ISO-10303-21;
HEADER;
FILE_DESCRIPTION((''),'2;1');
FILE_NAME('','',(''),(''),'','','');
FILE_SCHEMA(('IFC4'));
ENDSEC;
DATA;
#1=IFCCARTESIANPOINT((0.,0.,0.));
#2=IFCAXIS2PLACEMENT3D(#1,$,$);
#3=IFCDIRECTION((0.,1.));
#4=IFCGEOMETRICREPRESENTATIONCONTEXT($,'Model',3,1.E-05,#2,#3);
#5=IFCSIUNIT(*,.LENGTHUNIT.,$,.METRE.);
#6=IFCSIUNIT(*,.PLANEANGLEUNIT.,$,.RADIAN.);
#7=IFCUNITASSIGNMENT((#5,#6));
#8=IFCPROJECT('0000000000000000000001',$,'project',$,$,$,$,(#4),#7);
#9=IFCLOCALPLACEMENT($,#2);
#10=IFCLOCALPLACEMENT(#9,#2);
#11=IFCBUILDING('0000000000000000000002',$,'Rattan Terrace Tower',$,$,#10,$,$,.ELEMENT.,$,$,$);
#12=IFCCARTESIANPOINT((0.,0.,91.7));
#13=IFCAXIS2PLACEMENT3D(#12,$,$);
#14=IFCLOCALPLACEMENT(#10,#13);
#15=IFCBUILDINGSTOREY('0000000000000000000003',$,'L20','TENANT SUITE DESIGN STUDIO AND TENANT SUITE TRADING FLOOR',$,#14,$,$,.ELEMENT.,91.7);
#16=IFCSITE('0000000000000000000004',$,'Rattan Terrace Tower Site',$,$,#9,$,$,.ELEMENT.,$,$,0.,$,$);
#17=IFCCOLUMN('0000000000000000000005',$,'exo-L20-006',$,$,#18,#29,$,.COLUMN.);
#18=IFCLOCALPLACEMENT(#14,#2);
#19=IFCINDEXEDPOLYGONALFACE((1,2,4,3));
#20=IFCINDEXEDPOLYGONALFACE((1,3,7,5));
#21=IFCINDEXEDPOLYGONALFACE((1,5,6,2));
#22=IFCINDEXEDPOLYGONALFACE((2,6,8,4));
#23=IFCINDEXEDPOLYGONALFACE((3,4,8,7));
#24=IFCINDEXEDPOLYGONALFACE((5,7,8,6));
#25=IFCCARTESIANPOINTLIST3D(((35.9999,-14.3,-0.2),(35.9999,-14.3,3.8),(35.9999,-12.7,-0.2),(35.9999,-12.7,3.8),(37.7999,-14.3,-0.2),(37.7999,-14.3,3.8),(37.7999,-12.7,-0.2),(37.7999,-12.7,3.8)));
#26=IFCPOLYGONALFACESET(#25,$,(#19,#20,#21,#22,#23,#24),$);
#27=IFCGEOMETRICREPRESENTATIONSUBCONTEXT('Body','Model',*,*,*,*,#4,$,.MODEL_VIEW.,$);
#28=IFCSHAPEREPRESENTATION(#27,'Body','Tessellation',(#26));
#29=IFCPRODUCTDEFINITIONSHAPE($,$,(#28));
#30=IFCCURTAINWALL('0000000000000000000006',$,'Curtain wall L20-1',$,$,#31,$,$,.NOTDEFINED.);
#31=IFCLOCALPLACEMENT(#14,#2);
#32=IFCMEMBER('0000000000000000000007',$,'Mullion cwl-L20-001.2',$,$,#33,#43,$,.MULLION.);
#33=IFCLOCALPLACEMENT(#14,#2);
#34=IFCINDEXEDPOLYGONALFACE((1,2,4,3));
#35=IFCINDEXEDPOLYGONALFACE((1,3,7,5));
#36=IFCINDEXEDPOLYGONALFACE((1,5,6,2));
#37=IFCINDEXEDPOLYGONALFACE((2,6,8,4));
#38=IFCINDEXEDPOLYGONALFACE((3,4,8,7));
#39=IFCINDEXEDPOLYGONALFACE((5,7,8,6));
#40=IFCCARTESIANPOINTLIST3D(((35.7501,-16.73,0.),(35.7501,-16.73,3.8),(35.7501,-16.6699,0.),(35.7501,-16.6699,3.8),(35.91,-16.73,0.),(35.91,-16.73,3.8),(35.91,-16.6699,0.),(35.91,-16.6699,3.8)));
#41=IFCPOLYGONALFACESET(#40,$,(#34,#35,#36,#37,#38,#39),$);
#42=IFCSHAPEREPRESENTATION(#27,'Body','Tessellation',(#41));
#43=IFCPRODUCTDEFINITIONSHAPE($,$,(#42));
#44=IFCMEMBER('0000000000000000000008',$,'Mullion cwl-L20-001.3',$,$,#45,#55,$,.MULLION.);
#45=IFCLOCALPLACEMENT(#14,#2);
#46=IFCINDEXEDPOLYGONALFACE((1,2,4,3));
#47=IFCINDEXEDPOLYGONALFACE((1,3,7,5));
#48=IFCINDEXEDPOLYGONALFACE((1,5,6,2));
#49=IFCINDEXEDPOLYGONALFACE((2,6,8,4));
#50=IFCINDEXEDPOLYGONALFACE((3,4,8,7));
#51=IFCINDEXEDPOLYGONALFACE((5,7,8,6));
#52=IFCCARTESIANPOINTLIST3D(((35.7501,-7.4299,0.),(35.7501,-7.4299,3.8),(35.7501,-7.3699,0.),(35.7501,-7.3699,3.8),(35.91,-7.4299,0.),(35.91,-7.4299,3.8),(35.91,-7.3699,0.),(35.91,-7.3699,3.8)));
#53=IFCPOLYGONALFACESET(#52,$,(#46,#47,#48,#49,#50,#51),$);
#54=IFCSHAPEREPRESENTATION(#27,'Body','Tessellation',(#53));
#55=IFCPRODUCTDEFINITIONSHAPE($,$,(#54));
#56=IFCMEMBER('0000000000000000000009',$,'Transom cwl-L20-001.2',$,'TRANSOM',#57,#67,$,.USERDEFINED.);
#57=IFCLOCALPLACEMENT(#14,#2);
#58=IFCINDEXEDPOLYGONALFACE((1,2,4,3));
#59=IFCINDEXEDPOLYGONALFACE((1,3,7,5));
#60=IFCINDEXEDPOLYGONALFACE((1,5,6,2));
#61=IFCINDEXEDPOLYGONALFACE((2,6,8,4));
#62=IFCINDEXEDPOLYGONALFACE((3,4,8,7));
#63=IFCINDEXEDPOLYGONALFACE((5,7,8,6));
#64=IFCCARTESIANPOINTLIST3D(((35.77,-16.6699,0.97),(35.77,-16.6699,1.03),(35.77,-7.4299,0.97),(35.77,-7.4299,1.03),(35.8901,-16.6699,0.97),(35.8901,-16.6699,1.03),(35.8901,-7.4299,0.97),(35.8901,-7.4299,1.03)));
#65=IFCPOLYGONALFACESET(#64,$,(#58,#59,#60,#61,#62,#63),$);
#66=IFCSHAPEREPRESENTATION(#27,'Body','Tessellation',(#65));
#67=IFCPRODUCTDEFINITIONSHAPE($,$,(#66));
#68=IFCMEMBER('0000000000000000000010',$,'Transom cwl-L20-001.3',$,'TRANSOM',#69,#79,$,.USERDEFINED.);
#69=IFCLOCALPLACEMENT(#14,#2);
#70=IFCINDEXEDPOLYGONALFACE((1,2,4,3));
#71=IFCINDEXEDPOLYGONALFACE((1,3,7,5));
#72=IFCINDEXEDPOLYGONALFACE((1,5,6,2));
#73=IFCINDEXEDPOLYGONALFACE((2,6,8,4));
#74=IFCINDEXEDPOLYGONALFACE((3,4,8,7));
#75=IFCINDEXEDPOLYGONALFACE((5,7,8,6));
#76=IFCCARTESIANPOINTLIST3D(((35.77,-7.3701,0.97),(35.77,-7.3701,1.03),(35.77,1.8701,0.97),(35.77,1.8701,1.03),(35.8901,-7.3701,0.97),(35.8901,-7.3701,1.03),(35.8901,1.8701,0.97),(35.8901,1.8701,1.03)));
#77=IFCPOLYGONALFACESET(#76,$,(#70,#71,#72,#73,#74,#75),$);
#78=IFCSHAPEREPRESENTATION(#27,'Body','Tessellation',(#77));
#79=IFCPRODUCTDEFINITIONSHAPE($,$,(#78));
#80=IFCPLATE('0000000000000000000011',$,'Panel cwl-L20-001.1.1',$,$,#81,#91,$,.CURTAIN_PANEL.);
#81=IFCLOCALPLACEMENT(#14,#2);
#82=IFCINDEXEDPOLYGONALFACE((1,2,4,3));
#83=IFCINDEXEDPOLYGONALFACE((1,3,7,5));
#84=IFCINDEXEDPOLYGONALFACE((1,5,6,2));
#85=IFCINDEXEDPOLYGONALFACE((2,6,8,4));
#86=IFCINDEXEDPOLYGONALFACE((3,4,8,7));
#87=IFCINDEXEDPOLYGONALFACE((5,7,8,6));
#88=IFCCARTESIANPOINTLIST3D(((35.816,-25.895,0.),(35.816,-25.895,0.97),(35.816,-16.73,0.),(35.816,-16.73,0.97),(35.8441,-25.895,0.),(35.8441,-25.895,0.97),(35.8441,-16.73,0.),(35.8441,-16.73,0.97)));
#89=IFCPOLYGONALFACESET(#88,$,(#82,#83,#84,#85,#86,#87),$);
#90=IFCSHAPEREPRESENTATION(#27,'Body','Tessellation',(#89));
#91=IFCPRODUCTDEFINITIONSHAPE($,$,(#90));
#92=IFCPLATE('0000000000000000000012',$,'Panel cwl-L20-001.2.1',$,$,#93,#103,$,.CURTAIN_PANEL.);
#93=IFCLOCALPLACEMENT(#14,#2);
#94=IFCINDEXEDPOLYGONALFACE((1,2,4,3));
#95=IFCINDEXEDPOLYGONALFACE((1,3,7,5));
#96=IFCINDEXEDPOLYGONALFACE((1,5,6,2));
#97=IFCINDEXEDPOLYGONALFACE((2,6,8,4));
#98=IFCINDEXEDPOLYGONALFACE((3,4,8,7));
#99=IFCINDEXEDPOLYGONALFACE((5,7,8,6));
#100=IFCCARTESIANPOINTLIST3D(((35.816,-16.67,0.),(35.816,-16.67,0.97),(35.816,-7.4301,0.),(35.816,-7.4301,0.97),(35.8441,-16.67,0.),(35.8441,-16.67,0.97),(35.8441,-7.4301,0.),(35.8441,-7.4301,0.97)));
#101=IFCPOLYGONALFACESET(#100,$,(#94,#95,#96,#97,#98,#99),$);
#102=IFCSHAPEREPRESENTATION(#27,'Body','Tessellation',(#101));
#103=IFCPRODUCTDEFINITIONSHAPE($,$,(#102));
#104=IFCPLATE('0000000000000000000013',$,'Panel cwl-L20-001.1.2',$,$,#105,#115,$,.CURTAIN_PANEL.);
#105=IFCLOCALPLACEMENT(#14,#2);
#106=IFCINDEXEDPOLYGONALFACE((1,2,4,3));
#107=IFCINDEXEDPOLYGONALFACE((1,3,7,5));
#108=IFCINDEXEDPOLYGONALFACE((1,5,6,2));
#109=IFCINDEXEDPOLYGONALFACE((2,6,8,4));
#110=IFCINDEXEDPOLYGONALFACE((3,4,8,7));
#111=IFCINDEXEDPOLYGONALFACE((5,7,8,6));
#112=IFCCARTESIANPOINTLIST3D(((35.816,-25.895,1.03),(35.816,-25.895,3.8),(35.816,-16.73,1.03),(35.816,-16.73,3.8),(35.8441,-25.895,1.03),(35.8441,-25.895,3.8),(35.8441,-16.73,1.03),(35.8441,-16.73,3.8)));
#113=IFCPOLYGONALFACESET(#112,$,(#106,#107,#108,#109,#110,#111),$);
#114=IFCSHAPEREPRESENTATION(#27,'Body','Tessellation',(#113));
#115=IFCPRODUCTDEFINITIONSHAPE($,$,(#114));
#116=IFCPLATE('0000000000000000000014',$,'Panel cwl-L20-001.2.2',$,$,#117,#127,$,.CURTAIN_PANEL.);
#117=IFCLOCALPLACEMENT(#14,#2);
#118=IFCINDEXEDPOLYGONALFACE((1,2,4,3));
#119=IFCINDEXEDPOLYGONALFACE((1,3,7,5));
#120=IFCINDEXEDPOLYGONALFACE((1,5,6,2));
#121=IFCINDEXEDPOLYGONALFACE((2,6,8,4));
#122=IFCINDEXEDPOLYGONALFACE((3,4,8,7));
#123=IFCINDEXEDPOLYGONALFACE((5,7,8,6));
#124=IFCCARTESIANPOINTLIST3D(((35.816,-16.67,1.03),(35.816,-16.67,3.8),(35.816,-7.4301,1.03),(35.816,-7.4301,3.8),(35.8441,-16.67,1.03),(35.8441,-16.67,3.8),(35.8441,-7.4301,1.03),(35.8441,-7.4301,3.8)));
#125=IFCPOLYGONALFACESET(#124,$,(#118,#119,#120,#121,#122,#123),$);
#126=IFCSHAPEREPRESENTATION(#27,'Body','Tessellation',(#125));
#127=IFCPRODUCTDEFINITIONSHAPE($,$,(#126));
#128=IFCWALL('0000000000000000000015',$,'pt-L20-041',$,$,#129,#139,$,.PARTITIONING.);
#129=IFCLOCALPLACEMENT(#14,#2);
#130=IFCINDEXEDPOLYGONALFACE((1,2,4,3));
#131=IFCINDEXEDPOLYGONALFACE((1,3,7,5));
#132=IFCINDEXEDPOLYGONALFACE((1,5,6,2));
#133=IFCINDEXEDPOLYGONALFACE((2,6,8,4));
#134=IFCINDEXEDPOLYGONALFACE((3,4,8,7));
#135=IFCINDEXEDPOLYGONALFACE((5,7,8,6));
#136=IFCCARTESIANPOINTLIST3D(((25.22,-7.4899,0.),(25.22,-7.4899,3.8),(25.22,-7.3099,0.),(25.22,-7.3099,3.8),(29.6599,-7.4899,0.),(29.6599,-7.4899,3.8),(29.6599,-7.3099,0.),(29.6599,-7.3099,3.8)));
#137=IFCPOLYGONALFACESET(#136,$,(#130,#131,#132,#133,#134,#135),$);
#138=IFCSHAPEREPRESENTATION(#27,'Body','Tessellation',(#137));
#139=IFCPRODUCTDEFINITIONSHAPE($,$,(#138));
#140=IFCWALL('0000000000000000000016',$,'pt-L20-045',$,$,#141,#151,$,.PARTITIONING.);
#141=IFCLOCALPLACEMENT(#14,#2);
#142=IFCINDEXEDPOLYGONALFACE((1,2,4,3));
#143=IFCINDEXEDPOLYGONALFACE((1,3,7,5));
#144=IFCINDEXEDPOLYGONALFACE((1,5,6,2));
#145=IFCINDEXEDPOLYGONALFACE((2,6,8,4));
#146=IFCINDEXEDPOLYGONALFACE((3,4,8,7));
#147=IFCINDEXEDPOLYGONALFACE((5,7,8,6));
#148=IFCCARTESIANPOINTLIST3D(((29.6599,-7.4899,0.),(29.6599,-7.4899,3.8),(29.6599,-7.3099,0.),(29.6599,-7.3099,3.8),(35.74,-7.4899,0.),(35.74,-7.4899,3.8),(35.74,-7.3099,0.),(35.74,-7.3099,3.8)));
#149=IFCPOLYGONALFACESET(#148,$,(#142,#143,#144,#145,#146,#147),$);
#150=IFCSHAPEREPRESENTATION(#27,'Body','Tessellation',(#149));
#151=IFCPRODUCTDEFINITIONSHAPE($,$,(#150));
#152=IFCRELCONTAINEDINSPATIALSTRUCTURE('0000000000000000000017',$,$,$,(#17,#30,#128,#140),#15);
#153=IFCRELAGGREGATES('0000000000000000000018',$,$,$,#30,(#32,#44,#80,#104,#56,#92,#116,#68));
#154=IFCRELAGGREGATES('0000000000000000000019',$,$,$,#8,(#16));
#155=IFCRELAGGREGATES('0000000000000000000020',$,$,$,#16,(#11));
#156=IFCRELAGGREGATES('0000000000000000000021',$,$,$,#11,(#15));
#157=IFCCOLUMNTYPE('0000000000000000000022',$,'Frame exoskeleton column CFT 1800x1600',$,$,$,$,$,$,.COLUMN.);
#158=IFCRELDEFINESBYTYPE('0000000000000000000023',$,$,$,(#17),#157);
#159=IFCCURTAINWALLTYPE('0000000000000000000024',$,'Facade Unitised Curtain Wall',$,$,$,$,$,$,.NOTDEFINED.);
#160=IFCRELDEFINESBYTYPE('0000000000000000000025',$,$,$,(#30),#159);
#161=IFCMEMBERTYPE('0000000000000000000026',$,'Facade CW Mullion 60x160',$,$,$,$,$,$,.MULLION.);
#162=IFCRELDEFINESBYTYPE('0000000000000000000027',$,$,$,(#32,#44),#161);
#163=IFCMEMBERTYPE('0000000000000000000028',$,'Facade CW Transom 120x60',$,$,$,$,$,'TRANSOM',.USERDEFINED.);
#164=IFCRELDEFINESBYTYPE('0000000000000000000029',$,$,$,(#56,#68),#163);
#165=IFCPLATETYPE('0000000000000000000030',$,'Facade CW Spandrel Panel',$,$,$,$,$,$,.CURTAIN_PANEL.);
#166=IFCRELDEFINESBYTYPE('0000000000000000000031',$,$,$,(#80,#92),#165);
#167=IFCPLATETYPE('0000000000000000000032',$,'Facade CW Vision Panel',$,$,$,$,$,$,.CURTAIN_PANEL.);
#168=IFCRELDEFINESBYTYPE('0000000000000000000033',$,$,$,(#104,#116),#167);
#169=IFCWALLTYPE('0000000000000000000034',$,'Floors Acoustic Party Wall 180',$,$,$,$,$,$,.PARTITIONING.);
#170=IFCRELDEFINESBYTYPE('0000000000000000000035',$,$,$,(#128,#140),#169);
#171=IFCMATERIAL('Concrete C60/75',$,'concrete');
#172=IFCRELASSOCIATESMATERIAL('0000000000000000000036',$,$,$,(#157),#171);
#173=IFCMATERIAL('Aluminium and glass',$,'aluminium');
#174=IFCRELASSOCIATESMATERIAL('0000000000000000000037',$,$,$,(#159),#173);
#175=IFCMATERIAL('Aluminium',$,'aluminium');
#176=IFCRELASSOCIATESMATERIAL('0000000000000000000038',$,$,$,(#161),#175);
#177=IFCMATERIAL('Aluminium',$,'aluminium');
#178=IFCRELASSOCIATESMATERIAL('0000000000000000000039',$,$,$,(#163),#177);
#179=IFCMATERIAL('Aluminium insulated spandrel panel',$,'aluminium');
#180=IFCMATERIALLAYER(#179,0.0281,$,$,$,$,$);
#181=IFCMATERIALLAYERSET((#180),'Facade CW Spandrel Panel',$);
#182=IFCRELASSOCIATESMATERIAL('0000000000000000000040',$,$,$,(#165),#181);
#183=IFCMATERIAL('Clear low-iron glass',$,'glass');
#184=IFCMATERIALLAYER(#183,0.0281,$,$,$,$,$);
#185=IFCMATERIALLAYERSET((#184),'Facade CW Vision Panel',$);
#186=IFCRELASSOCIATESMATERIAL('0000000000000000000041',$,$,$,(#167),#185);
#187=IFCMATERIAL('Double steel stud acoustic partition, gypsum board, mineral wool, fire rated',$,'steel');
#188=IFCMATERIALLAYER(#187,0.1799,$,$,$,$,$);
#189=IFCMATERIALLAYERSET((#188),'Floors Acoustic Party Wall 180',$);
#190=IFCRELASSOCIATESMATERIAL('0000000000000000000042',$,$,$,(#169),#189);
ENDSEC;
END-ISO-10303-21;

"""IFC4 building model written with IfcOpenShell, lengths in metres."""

from ifc_helpers import new_model, si_unit, direction, frame, frame_2d, origin, origin_2d, place, context, subcontext, project, spatial, rectangle, extrude, material, layer, layer_set, material_profile, profile_set, type_object, element, aggregate, save


model = new_model("IFC4")

# Units and contexts
model_context = context("Model", 3, precision=1e-05, world=origin(), true_north=direction((0.0, 1.0)))
body_context = subcontext(model_context, "Body", "Model", "MODEL_VIEW")
ifc_project = project(units=[si_unit("LENGTHUNIT", "METRE"), si_unit("PLANEANGLEUNIT", "RADIAN")], contexts=[model_context])

# Site, building, storey
site_placement = place(None, origin())
site = spatial("IfcSite", under=ifc_project, at=site_placement, Name="Rattan Terrace Tower Site", CompositionType="ELEMENT", RefElevation=0.0)
building_placement = place(site_placement, origin())
building = spatial("IfcBuilding", under=site, at=building_placement, Name="Rattan Terrace Tower", CompositionType="ELEMENT")
storey_placement = place(building_placement, frame((0.0, 0.0, 91.7)))
storey = spatial("IfcBuildingStorey", under=building, at=storey_placement, Name="L20", Description="TENANT SUITE DESIGN STUDIO AND TENANT SUITE TRADING FLOOR", CompositionType="ELEMENT", Elevation=91.7)

# Column
ifc_material_1 = material(Name="Concrete C60/75", Category="concrete")
ifc_material_profile_1 = material_profile(ifc_material_1, rectangle(XDim=1.6001, YDim=1.8, at=origin_2d()), Name="CFT 1800x1600")
ifc_profile_set_1 = profile_set([ifc_material_profile_1], Name="Concrete C60/75")
column_type = type_object("IfcColumnType", Name="Frame exoskeleton column CFT 1800x1600", PredefinedType="COLUMN", material=ifc_profile_set_1)
column_placement = place(storey_placement, frame((36.8999, -13.5, -0.2), z_axis=(0.0, 0.0, 1.0), x_axis=(0.0, 1.0, 0.0)))
element("IfcColumn", 1, at=column_placement, inside=storey, type_object=column_type, Name="exo-L20-006", PredefinedType="COLUMN", context=body_context, shape_type="SweptSolid", body=[
    extrude(rectangle(XDim=1.6001, YDim=1.8, at=origin_2d()), origin(), (0.0, 0.0, 1.0), 4.0),
])

# Curtain wall, members, plates
ifc_material_2 = material(Name="Aluminium and glass", Category="aluminium")
curtain_wall_type = type_object("IfcCurtainWallType", Name="Facade Unitised Curtain Wall", PredefinedType="NOTDEFINED", material=ifc_material_2)
curtain_wall_placement = place(storey_placement, origin())
curtain_wall = element("IfcCurtainWall", 2, at=curtain_wall_placement, inside=storey, type_object=curtain_wall_type, Name="Curtain wall L20-1", PredefinedType="NOTDEFINED")
ifc_material_3 = material(Name="Aluminium", Category="aluminium")
ifc_material_profile_2 = material_profile(ifc_material_3, rectangle(XDim=0.0601, YDim=0.1599, at=origin_2d()), Name="Aluminium 60x160")
ifc_profile_set_2 = profile_set([ifc_material_profile_2], Name="Aluminium")
member_type_1 = type_object("IfcMemberType", Name="Facade CW Mullion 60x160", PredefinedType="MULLION", material=ifc_profile_set_2)
member_1_placement = place(storey_placement, frame((35.8301, -16.7, 0.0), z_axis=(0.0, 0.0, 1.0), x_axis=(0.0, 1.0, 0.0)))
member_1 = element("IfcMember", 3, at=member_1_placement, type_object=member_type_1, Name="Mullion cwl-L20-001.2", PredefinedType="MULLION", context=body_context, shape_type="SweptSolid", body=[
    extrude(rectangle(XDim=0.0601, YDim=0.1599, at=origin_2d()), origin(), (0.0, 0.0, 1.0), 3.8),
])
member_2_placement = place(storey_placement, frame((35.8301, -7.3999, 0.0), z_axis=(0.0, 0.0, 1.0), x_axis=(0.0, 1.0, 0.0)))
member_2 = element("IfcMember", 4, at=member_2_placement, type_object=member_type_1, Name="Mullion cwl-L20-001.3", PredefinedType="MULLION", context=body_context, shape_type="SweptSolid", body=[
    extrude(rectangle(XDim=0.0601, YDim=0.1599, at=origin_2d()), origin(), (0.0, 0.0, 1.0), 3.8),
])
ifc_material_4 = material(Name="Aluminium", Category="aluminium")
ifc_material_profile_3 = material_profile(ifc_material_4, rectangle(XDim=0.1201, YDim=0.0601, at=origin_2d()), Name="Aluminium 120x60")
ifc_profile_set_3 = profile_set([ifc_material_profile_3], Name="Aluminium")
member_type_2 = type_object("IfcMemberType", Name="Facade CW Transom 120x60", ElementType="TRANSOM", PredefinedType="USERDEFINED", material=ifc_profile_set_3)
member_3_placement = place(storey_placement, frame((35.8301, -16.6699, 1.0), z_axis=(0.0, 1.0, 0.0), x_axis=(-1.0, 0.0, 0.0)))
member_3 = element("IfcMember", 5, at=member_3_placement, type_object=member_type_2, Name="Transom cwl-L20-001.2", ObjectType="TRANSOM", PredefinedType="USERDEFINED", context=body_context, shape_type="SweptSolid", body=[
    extrude(rectangle(XDim=0.1201, YDim=0.0601, at=origin_2d()), origin(), (0.0, 0.0, 1.0), 9.24),
])
member_4_placement = place(storey_placement, frame((35.8301, -7.3701, 1.0), z_axis=(0.0, 1.0, 0.0), x_axis=(-1.0, 0.0, 0.0)))
member_4 = element("IfcMember", 6, at=member_4_placement, type_object=member_type_2, Name="Transom cwl-L20-001.3", ObjectType="TRANSOM", PredefinedType="USERDEFINED", context=body_context, shape_type="SweptSolid", body=[
    extrude(rectangle(XDim=0.1201, YDim=0.0601, at=origin_2d()), origin(), (0.0, 0.0, 1.0), 9.2402),
])
ifc_material_5 = material(Name="Aluminium insulated spandrel panel", Category="aluminium")
ifc_layer_1 = layer(ifc_material_5, 0.0281)
ifc_layer_set_1 = layer_set([ifc_layer_1], Name="Facade CW Spandrel Panel")
plate_type_1 = type_object("IfcPlateType", Name="Facade CW Spandrel Panel", PredefinedType="CURTAIN_PANEL", material=ifc_layer_set_1)
plate_1_placement = place(storey_placement, frame((35.8301, -21.3125, 0.0), z_axis=(0.0, 0.0, 1.0), x_axis=(0.0, 1.0, 0.0)))
plate_1 = element("IfcPlate", 7, at=plate_1_placement, type_object=plate_type_1, Name="Panel cwl-L20-001.1.1", PredefinedType="CURTAIN_PANEL", context=body_context, shape_type="SweptSolid", body=[
    extrude(rectangle(XDim=9.165, YDim=0.0281, at=origin_2d()), origin(), (0.0, 0.0, 1.0), 0.97),
])
plate_2_placement = place(storey_placement, frame((35.8301, -12.05, 0.0), z_axis=(0.0, 0.0, 1.0), x_axis=(0.0, 1.0, 0.0)))
plate_2 = element("IfcPlate", 8, at=plate_2_placement, type_object=plate_type_1, Name="Panel cwl-L20-001.2.1", PredefinedType="CURTAIN_PANEL", context=body_context, shape_type="SweptSolid", body=[
    extrude(rectangle(XDim=9.24, YDim=0.0281, at=origin_2d()), origin(), (0.0, 0.0, 1.0), 0.97),
])
ifc_material_6 = material(Name="Clear low-iron glass", Category="glass")
ifc_layer_2 = layer(ifc_material_6, 0.0281)
ifc_layer_set_2 = layer_set([ifc_layer_2], Name="Facade CW Vision Panel")
plate_type_2 = type_object("IfcPlateType", Name="Facade CW Vision Panel", PredefinedType="CURTAIN_PANEL", material=ifc_layer_set_2)
plate_3_placement = place(storey_placement, frame((35.8301, -21.3125, 1.03), z_axis=(0.0, 0.0, 1.0), x_axis=(0.0, 1.0, 0.0)))
plate_3 = element("IfcPlate", 9, at=plate_3_placement, type_object=plate_type_2, Name="Panel cwl-L20-001.1.2", PredefinedType="CURTAIN_PANEL", context=body_context, shape_type="SweptSolid", body=[
    extrude(rectangle(XDim=9.165, YDim=0.0281, at=origin_2d()), origin(), (0.0, 0.0, 1.0), 2.77),
])
plate_4_placement = place(storey_placement, frame((35.8301, -12.05, 1.03), z_axis=(0.0, 0.0, 1.0), x_axis=(0.0, 1.0, 0.0)))
plate_4 = element("IfcPlate", 10, at=plate_4_placement, type_object=plate_type_2, Name="Panel cwl-L20-001.2.2", PredefinedType="CURTAIN_PANEL", context=body_context, shape_type="SweptSolid", body=[
    extrude(rectangle(XDim=9.24, YDim=0.0281, at=origin_2d()), origin(), (0.0, 0.0, 1.0), 2.77),
])
aggregate(curtain_wall, [member_1, member_2, plate_1, plate_3, member_3, plate_2, plate_4, member_4])

# Walls
ifc_material_7 = material(Name="Double steel stud acoustic partition, gypsum board, mineral wool, fire rated", Category="steel")
ifc_layer_3 = layer(ifc_material_7, 0.1799)
ifc_layer_set_3 = layer_set([ifc_layer_3], Name="Floors Acoustic Party Wall 180")
wall_type_1 = type_object("IfcWallType", Name="Floors Acoustic Party Wall 180", PredefinedType="PARTITIONING", material=ifc_layer_set_3)
wall_1_placement = place(storey_placement, frame((25.22, -7.3999, 0.0), z_axis=(0.0, 0.0, 1.0), x_axis=(1.0, 0.0, 0.0)))
element("IfcWall", 11, at=wall_1_placement, inside=storey, type_object=wall_type_1, Name="pt-L20-041", PredefinedType="PARTITIONING", context=body_context, shape_type="SweptSolid", body=[
    extrude(rectangle(XDim=4.4399, YDim=0.1799, at=frame_2d((2.22, 0.0))), origin(), (0.0, 0.0, 1.0), 3.8),
])
wall_2_placement = place(storey_placement, frame((29.6599, -7.3999, 0.0), z_axis=(0.0, 0.0, 1.0), x_axis=(1.0, 0.0, 0.0)))
element("IfcWall", 12, at=wall_2_placement, inside=storey, type_object=wall_type_1, Name="pt-L20-045", PredefinedType="PARTITIONING", context=body_context, shape_type="SweptSolid", body=[
    extrude(rectangle(XDim=6.0801, YDim=0.1799, at=frame_2d((3.04, 0.0))), origin(), (0.0, 0.0, 1.0), 3.8),
])

save(model, "model.ifc")
